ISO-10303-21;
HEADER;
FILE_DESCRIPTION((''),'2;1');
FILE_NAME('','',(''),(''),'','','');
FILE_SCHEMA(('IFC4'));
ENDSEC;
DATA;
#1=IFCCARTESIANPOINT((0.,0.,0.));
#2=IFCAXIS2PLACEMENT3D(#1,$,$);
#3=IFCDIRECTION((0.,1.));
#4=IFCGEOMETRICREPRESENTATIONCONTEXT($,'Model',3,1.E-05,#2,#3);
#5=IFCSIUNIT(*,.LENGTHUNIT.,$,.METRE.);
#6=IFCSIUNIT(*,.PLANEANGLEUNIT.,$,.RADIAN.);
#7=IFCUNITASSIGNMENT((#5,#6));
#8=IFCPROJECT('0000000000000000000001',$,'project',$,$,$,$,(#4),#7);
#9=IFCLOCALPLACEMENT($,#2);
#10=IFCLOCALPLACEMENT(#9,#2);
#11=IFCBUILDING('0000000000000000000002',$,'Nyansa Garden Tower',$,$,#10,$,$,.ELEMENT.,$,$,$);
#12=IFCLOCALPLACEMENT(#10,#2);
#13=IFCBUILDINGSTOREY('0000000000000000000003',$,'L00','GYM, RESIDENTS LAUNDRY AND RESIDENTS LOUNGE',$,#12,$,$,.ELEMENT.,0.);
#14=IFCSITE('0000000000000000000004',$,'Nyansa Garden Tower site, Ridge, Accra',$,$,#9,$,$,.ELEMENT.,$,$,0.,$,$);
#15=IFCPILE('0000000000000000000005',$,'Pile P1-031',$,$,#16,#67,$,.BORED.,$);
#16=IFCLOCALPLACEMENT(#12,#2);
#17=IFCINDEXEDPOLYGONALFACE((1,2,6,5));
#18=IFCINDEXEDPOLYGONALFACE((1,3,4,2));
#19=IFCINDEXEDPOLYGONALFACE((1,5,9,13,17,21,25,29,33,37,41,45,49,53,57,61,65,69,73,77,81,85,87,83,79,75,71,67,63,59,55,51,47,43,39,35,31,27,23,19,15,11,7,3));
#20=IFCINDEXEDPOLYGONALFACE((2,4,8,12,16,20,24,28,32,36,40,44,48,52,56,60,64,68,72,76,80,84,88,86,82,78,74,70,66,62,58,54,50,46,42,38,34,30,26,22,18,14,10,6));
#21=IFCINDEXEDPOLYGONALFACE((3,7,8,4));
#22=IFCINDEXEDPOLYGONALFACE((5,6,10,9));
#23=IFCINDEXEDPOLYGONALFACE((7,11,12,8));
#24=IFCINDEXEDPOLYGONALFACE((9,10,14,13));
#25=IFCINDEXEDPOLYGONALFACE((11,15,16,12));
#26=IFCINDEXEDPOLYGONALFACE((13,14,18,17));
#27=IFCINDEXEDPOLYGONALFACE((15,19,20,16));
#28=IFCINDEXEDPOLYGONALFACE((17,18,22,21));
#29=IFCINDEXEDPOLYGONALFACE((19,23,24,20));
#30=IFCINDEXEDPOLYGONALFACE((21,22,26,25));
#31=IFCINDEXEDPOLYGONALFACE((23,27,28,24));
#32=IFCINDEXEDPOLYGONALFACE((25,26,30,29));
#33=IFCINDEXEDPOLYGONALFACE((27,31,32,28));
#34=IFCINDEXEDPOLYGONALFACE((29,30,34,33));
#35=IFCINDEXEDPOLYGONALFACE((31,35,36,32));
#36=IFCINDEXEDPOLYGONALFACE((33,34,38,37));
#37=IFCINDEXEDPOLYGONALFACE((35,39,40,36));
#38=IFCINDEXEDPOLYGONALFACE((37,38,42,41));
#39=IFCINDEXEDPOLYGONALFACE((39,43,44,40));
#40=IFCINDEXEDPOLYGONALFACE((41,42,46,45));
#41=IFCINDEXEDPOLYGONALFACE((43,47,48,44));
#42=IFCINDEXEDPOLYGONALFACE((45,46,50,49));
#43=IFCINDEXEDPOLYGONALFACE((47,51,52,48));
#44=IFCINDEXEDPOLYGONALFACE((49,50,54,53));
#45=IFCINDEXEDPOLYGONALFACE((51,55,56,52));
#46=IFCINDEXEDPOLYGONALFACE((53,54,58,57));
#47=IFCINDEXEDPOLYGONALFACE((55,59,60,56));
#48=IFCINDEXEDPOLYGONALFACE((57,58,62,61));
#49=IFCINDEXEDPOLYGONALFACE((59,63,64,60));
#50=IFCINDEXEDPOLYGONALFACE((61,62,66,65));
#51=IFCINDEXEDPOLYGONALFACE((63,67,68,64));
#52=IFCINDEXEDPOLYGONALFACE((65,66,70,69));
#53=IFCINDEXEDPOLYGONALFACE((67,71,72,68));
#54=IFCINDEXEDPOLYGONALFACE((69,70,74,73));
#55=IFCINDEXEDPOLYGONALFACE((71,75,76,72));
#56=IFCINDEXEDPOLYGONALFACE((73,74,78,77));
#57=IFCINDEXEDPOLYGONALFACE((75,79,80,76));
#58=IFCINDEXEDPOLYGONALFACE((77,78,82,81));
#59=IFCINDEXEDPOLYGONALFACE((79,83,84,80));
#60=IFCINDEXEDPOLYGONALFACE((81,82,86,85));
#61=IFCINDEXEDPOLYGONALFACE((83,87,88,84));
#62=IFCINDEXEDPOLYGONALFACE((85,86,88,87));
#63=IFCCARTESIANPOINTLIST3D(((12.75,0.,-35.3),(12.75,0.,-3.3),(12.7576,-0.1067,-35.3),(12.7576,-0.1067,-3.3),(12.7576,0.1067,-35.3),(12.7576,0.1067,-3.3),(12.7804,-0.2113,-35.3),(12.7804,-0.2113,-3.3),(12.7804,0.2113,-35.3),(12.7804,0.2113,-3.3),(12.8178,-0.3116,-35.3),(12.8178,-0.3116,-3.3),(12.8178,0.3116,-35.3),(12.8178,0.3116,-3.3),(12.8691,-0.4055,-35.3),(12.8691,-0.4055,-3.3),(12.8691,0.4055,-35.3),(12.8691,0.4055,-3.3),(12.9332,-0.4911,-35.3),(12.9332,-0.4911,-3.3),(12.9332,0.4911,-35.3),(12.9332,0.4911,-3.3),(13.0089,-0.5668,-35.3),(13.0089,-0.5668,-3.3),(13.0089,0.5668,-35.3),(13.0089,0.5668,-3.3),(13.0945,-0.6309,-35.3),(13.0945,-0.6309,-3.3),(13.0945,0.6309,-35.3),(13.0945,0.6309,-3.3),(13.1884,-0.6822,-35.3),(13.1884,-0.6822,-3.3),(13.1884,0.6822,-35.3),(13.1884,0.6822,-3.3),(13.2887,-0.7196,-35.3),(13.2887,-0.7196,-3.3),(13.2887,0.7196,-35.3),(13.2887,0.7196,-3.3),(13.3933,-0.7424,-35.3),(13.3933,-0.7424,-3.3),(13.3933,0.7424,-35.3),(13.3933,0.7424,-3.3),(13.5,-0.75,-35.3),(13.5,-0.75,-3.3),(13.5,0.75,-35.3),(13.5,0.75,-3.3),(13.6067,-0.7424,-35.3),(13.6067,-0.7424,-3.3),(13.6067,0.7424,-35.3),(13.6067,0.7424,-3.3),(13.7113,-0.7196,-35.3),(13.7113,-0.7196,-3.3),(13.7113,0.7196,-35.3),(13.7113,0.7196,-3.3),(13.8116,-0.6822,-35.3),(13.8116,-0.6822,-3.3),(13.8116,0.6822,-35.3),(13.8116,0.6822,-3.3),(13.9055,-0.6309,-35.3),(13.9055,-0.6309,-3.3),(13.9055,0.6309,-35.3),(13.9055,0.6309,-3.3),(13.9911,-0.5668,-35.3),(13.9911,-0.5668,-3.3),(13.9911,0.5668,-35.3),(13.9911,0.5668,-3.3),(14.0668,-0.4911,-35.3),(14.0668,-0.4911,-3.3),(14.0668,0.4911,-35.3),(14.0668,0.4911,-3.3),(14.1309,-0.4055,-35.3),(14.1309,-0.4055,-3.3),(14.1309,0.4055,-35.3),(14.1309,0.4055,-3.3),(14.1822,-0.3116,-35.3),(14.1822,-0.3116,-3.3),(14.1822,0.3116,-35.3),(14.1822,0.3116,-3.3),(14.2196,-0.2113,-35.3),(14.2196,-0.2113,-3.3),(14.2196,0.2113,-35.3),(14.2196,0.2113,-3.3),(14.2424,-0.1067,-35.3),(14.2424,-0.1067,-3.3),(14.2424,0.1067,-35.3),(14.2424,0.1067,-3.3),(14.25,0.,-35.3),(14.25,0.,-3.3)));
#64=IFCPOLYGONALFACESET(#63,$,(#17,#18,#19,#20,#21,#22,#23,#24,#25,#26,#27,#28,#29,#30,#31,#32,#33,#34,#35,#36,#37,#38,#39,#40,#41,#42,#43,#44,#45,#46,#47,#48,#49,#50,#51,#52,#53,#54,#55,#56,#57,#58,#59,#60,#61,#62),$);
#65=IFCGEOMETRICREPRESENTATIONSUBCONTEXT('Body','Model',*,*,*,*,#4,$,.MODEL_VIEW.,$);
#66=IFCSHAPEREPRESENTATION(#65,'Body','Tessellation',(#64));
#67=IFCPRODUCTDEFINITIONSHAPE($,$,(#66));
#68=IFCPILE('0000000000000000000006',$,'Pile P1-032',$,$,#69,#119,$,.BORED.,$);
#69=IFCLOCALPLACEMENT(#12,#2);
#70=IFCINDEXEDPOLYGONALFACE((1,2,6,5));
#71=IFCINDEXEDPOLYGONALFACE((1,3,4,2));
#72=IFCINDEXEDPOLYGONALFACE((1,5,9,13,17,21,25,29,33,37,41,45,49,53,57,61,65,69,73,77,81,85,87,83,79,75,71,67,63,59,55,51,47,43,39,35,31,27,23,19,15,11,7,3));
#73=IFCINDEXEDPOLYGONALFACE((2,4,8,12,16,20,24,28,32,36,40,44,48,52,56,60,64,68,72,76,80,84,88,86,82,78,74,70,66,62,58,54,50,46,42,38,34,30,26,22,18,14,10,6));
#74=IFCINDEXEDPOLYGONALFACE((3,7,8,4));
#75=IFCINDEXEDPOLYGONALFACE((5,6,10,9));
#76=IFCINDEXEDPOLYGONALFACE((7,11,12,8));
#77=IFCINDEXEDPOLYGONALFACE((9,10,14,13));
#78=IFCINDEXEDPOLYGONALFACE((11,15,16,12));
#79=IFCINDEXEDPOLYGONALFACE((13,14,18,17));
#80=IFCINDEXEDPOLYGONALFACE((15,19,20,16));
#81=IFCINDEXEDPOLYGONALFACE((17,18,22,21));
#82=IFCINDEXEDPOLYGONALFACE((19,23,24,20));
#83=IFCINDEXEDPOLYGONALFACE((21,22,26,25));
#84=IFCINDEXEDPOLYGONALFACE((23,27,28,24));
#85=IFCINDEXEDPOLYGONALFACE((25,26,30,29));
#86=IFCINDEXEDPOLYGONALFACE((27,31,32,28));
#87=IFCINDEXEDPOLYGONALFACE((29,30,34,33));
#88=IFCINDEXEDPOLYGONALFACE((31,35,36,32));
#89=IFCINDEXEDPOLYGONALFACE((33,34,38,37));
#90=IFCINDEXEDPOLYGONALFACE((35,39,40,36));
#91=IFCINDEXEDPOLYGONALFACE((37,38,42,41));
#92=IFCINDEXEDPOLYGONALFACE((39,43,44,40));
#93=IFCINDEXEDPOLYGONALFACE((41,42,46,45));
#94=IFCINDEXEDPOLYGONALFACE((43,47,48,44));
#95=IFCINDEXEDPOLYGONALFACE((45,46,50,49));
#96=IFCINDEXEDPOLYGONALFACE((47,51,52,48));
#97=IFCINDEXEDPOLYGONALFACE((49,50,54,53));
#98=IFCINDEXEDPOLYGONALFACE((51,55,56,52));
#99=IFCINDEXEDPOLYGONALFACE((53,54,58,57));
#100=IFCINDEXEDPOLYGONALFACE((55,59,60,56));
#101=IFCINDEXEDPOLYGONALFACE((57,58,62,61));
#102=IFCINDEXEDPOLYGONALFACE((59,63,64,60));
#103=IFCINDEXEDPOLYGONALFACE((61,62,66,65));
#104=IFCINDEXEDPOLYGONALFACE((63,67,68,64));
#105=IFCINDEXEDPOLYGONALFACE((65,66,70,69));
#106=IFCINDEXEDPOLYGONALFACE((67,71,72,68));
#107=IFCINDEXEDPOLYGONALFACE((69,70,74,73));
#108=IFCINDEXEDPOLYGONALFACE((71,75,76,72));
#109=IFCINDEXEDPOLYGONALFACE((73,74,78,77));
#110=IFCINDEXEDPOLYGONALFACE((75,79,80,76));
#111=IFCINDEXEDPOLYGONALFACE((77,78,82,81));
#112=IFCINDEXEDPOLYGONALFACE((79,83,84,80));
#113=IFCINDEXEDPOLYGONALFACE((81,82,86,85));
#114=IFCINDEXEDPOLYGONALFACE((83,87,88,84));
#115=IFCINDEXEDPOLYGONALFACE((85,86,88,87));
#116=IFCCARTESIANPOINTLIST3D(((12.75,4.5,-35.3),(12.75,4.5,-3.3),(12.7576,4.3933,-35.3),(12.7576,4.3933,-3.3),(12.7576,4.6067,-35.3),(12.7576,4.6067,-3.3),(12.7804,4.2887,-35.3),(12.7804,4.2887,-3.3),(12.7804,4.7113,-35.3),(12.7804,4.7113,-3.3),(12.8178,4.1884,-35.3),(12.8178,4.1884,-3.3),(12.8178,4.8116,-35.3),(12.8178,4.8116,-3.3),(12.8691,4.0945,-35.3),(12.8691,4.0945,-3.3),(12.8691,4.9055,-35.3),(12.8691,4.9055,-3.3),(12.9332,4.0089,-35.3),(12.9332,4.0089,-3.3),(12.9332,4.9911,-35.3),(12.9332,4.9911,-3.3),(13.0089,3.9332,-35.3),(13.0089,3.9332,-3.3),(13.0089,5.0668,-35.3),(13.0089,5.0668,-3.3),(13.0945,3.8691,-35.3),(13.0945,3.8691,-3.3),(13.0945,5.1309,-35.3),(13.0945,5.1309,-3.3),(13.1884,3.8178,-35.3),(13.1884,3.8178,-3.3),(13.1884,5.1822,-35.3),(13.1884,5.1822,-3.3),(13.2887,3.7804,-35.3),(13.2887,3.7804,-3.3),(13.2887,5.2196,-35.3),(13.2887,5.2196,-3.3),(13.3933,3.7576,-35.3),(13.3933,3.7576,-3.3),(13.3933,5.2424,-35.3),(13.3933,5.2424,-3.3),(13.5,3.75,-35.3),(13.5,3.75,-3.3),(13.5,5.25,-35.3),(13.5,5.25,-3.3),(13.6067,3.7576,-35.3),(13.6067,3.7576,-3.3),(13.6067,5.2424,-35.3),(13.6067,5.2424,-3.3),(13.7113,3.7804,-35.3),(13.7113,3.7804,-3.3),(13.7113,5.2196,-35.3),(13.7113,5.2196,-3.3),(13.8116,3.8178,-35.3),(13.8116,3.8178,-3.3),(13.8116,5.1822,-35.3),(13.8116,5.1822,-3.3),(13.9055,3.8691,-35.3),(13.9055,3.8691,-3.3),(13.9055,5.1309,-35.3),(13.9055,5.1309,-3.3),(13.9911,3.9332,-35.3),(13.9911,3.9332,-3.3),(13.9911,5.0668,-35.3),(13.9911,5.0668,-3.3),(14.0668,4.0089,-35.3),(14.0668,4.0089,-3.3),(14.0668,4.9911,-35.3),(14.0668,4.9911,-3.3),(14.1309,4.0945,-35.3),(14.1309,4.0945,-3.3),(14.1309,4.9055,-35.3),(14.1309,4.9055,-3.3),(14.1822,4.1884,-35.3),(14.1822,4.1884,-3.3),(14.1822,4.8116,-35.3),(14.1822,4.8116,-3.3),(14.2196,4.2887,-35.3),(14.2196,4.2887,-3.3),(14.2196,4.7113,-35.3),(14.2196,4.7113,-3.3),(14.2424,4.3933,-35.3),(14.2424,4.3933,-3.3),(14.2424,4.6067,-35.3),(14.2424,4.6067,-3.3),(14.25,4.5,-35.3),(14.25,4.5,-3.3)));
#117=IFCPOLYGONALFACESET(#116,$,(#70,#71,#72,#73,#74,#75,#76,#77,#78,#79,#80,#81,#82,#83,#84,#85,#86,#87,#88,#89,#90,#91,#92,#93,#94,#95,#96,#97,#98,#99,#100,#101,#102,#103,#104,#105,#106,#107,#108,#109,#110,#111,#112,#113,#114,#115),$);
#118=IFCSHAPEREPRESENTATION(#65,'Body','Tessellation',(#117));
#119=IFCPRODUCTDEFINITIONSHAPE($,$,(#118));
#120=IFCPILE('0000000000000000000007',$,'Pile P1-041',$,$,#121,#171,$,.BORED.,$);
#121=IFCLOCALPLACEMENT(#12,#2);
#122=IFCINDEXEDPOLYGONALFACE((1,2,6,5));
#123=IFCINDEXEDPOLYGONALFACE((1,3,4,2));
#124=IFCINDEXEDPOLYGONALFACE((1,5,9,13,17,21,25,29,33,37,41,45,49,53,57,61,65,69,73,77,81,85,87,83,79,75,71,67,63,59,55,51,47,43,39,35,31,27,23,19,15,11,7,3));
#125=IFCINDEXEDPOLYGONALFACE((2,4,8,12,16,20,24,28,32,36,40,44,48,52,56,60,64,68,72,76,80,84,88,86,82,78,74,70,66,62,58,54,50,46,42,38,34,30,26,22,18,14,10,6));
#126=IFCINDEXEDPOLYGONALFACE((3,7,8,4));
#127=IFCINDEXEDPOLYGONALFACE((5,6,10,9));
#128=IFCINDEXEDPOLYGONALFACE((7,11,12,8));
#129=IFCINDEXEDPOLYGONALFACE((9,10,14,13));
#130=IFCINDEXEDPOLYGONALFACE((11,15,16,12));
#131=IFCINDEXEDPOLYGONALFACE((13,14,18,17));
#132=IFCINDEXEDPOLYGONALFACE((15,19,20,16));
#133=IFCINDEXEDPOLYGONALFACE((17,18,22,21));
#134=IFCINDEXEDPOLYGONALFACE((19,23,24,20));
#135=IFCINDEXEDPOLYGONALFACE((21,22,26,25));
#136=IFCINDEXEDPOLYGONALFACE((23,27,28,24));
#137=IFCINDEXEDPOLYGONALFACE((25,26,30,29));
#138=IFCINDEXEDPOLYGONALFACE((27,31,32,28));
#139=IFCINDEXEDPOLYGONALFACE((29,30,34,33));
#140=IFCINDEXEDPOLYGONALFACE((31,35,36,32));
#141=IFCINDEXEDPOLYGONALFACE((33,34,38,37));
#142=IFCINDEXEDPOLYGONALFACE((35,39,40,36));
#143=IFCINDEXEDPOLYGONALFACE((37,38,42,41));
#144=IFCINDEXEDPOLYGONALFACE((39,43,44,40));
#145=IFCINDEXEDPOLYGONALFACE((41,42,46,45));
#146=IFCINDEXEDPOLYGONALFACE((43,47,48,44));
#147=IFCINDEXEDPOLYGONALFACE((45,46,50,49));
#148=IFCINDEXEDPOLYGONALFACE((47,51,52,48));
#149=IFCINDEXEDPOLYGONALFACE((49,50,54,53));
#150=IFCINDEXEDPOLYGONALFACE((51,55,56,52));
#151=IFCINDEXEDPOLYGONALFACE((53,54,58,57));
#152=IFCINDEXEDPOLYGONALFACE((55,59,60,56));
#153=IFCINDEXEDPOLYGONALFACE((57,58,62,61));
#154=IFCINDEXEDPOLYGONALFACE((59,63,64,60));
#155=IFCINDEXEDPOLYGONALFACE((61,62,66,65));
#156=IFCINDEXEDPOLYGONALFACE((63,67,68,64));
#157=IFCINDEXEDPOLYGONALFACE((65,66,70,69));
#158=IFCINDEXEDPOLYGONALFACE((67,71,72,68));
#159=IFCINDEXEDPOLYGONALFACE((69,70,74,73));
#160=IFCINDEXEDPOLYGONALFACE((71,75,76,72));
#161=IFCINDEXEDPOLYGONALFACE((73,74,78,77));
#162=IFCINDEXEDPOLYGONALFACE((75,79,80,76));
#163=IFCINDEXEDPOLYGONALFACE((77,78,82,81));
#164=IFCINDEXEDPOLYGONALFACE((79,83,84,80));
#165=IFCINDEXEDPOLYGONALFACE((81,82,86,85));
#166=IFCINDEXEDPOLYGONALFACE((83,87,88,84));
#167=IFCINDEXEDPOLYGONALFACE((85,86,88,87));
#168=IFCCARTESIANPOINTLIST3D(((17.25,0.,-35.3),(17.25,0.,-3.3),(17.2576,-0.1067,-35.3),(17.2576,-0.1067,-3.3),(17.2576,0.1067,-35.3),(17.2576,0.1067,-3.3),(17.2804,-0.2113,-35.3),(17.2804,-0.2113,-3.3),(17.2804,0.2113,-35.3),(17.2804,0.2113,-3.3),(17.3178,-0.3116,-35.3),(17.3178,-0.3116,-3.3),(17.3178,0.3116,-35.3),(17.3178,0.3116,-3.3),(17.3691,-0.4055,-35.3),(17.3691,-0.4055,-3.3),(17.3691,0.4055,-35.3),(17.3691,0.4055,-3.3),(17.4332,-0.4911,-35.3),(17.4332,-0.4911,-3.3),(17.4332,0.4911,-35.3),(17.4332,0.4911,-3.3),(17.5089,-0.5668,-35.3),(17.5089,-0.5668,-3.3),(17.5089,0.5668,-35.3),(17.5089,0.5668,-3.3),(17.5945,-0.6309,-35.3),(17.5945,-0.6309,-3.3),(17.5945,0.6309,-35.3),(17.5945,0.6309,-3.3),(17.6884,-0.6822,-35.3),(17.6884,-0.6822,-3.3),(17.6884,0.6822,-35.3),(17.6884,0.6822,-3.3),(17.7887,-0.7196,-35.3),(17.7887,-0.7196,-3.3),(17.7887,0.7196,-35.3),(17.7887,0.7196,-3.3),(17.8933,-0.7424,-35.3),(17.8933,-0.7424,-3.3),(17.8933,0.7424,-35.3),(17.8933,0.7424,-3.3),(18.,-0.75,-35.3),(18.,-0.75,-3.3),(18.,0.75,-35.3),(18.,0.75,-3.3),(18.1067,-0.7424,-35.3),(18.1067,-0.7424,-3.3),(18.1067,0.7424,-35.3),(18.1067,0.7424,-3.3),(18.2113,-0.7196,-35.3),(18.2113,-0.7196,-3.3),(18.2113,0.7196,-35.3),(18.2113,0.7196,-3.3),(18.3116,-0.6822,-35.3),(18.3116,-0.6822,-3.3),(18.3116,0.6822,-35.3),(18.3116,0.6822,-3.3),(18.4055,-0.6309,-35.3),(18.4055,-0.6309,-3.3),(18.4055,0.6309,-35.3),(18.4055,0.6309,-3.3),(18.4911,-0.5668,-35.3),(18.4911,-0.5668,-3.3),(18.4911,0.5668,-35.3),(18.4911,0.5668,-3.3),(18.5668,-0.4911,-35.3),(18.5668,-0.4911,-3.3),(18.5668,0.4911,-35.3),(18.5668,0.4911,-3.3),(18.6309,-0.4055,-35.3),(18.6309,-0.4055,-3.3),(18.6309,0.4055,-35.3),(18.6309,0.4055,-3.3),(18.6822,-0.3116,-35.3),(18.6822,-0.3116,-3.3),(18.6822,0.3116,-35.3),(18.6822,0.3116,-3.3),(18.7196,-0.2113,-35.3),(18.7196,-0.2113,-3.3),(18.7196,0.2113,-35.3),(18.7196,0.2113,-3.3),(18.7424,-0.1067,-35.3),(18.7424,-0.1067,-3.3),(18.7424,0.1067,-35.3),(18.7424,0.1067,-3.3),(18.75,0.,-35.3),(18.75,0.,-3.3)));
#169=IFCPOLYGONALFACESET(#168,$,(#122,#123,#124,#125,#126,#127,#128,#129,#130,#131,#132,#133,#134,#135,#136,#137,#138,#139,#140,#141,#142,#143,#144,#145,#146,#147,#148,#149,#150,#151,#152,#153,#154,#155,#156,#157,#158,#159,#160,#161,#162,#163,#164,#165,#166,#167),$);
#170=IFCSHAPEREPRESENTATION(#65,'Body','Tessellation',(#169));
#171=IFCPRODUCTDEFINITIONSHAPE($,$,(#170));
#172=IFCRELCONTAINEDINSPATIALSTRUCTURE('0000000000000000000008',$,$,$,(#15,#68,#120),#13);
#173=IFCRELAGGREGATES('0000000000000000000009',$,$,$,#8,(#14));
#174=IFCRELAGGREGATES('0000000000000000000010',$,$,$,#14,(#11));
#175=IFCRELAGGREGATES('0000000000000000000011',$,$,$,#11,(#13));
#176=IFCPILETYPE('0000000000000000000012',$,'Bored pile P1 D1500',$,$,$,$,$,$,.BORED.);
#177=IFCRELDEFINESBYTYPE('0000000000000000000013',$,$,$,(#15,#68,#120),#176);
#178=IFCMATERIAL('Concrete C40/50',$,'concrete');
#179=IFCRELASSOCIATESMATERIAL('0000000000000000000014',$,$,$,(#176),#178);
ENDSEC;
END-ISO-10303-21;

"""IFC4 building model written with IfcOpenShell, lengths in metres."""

from ifc_helpers import new_model, si_unit, direction, frame, origin, origin_2d, place, context, subcontext, project, spatial, circle, extrude, material, type_object, element, save


model = new_model("IFC4")

# Units and contexts
model_context = context("Model", 3, precision=1e-05, world=origin(), true_north=direction((0.0, 1.0)))
body_context = subcontext(model_context, "Body", "Model", "MODEL_VIEW")
ifc_project = project(units=[si_unit("LENGTHUNIT", "METRE"), si_unit("PLANEANGLEUNIT", "RADIAN")], contexts=[model_context])

# Site, building, storey
site_placement = place(None, origin())
site = spatial("IfcSite", under=ifc_project, at=site_placement, Name="Nyansa Garden Tower site, Ridge, Accra", CompositionType="ELEMENT", RefElevation=0.0)
building_placement = place(site_placement, origin())
building = spatial("IfcBuilding", under=site, at=building_placement, Name="Nyansa Garden Tower", CompositionType="ELEMENT")
storey_placement = place(building_placement, origin())
storey = spatial("IfcBuildingStorey", under=building, at=storey_placement, Name="L00", Description="GYM, RESIDENTS LAUNDRY AND RESIDENTS LOUNGE", CompositionType="ELEMENT", Elevation=0.0)

# Piles
ifc_material_1 = material(Name="Concrete C40/50", Category="concrete")
pile_type_1 = type_object("IfcPileType", Name="Bored pile P1 D1500", PredefinedType="BORED", material=ifc_material_1)
for number, where, z_axis, x_axis, name in (
    (1, (13.5, 0.0, -3.3), (0.0, 0.0, -1.0), (1.0, 0.0, 0.0), "Pile P1-031"),
    (2, (13.5, 4.5, -3.3), (0.0, 0.0, -1.0), (1.0, 0.0, 0.0), "Pile P1-032"),
    (3, (18.0, 0.0, -3.3), (0.0, 0.0, -1.0), (1.0, 0.0, 0.0), "Pile P1-041"),
):
    element("IfcPile", number, at=place(storey_placement, frame(where, z_axis=z_axis, x_axis=x_axis)), inside=storey, type_object=pile_type_1, Name=name, PredefinedType="BORED", context=body_context, shape_type="SweptSolid", body=[
        extrude(circle(Radius=0.75, at=origin_2d()), origin(), (0.0, 0.0, 1.0), 32.0),
    ])

save(model, "model.ifc")
